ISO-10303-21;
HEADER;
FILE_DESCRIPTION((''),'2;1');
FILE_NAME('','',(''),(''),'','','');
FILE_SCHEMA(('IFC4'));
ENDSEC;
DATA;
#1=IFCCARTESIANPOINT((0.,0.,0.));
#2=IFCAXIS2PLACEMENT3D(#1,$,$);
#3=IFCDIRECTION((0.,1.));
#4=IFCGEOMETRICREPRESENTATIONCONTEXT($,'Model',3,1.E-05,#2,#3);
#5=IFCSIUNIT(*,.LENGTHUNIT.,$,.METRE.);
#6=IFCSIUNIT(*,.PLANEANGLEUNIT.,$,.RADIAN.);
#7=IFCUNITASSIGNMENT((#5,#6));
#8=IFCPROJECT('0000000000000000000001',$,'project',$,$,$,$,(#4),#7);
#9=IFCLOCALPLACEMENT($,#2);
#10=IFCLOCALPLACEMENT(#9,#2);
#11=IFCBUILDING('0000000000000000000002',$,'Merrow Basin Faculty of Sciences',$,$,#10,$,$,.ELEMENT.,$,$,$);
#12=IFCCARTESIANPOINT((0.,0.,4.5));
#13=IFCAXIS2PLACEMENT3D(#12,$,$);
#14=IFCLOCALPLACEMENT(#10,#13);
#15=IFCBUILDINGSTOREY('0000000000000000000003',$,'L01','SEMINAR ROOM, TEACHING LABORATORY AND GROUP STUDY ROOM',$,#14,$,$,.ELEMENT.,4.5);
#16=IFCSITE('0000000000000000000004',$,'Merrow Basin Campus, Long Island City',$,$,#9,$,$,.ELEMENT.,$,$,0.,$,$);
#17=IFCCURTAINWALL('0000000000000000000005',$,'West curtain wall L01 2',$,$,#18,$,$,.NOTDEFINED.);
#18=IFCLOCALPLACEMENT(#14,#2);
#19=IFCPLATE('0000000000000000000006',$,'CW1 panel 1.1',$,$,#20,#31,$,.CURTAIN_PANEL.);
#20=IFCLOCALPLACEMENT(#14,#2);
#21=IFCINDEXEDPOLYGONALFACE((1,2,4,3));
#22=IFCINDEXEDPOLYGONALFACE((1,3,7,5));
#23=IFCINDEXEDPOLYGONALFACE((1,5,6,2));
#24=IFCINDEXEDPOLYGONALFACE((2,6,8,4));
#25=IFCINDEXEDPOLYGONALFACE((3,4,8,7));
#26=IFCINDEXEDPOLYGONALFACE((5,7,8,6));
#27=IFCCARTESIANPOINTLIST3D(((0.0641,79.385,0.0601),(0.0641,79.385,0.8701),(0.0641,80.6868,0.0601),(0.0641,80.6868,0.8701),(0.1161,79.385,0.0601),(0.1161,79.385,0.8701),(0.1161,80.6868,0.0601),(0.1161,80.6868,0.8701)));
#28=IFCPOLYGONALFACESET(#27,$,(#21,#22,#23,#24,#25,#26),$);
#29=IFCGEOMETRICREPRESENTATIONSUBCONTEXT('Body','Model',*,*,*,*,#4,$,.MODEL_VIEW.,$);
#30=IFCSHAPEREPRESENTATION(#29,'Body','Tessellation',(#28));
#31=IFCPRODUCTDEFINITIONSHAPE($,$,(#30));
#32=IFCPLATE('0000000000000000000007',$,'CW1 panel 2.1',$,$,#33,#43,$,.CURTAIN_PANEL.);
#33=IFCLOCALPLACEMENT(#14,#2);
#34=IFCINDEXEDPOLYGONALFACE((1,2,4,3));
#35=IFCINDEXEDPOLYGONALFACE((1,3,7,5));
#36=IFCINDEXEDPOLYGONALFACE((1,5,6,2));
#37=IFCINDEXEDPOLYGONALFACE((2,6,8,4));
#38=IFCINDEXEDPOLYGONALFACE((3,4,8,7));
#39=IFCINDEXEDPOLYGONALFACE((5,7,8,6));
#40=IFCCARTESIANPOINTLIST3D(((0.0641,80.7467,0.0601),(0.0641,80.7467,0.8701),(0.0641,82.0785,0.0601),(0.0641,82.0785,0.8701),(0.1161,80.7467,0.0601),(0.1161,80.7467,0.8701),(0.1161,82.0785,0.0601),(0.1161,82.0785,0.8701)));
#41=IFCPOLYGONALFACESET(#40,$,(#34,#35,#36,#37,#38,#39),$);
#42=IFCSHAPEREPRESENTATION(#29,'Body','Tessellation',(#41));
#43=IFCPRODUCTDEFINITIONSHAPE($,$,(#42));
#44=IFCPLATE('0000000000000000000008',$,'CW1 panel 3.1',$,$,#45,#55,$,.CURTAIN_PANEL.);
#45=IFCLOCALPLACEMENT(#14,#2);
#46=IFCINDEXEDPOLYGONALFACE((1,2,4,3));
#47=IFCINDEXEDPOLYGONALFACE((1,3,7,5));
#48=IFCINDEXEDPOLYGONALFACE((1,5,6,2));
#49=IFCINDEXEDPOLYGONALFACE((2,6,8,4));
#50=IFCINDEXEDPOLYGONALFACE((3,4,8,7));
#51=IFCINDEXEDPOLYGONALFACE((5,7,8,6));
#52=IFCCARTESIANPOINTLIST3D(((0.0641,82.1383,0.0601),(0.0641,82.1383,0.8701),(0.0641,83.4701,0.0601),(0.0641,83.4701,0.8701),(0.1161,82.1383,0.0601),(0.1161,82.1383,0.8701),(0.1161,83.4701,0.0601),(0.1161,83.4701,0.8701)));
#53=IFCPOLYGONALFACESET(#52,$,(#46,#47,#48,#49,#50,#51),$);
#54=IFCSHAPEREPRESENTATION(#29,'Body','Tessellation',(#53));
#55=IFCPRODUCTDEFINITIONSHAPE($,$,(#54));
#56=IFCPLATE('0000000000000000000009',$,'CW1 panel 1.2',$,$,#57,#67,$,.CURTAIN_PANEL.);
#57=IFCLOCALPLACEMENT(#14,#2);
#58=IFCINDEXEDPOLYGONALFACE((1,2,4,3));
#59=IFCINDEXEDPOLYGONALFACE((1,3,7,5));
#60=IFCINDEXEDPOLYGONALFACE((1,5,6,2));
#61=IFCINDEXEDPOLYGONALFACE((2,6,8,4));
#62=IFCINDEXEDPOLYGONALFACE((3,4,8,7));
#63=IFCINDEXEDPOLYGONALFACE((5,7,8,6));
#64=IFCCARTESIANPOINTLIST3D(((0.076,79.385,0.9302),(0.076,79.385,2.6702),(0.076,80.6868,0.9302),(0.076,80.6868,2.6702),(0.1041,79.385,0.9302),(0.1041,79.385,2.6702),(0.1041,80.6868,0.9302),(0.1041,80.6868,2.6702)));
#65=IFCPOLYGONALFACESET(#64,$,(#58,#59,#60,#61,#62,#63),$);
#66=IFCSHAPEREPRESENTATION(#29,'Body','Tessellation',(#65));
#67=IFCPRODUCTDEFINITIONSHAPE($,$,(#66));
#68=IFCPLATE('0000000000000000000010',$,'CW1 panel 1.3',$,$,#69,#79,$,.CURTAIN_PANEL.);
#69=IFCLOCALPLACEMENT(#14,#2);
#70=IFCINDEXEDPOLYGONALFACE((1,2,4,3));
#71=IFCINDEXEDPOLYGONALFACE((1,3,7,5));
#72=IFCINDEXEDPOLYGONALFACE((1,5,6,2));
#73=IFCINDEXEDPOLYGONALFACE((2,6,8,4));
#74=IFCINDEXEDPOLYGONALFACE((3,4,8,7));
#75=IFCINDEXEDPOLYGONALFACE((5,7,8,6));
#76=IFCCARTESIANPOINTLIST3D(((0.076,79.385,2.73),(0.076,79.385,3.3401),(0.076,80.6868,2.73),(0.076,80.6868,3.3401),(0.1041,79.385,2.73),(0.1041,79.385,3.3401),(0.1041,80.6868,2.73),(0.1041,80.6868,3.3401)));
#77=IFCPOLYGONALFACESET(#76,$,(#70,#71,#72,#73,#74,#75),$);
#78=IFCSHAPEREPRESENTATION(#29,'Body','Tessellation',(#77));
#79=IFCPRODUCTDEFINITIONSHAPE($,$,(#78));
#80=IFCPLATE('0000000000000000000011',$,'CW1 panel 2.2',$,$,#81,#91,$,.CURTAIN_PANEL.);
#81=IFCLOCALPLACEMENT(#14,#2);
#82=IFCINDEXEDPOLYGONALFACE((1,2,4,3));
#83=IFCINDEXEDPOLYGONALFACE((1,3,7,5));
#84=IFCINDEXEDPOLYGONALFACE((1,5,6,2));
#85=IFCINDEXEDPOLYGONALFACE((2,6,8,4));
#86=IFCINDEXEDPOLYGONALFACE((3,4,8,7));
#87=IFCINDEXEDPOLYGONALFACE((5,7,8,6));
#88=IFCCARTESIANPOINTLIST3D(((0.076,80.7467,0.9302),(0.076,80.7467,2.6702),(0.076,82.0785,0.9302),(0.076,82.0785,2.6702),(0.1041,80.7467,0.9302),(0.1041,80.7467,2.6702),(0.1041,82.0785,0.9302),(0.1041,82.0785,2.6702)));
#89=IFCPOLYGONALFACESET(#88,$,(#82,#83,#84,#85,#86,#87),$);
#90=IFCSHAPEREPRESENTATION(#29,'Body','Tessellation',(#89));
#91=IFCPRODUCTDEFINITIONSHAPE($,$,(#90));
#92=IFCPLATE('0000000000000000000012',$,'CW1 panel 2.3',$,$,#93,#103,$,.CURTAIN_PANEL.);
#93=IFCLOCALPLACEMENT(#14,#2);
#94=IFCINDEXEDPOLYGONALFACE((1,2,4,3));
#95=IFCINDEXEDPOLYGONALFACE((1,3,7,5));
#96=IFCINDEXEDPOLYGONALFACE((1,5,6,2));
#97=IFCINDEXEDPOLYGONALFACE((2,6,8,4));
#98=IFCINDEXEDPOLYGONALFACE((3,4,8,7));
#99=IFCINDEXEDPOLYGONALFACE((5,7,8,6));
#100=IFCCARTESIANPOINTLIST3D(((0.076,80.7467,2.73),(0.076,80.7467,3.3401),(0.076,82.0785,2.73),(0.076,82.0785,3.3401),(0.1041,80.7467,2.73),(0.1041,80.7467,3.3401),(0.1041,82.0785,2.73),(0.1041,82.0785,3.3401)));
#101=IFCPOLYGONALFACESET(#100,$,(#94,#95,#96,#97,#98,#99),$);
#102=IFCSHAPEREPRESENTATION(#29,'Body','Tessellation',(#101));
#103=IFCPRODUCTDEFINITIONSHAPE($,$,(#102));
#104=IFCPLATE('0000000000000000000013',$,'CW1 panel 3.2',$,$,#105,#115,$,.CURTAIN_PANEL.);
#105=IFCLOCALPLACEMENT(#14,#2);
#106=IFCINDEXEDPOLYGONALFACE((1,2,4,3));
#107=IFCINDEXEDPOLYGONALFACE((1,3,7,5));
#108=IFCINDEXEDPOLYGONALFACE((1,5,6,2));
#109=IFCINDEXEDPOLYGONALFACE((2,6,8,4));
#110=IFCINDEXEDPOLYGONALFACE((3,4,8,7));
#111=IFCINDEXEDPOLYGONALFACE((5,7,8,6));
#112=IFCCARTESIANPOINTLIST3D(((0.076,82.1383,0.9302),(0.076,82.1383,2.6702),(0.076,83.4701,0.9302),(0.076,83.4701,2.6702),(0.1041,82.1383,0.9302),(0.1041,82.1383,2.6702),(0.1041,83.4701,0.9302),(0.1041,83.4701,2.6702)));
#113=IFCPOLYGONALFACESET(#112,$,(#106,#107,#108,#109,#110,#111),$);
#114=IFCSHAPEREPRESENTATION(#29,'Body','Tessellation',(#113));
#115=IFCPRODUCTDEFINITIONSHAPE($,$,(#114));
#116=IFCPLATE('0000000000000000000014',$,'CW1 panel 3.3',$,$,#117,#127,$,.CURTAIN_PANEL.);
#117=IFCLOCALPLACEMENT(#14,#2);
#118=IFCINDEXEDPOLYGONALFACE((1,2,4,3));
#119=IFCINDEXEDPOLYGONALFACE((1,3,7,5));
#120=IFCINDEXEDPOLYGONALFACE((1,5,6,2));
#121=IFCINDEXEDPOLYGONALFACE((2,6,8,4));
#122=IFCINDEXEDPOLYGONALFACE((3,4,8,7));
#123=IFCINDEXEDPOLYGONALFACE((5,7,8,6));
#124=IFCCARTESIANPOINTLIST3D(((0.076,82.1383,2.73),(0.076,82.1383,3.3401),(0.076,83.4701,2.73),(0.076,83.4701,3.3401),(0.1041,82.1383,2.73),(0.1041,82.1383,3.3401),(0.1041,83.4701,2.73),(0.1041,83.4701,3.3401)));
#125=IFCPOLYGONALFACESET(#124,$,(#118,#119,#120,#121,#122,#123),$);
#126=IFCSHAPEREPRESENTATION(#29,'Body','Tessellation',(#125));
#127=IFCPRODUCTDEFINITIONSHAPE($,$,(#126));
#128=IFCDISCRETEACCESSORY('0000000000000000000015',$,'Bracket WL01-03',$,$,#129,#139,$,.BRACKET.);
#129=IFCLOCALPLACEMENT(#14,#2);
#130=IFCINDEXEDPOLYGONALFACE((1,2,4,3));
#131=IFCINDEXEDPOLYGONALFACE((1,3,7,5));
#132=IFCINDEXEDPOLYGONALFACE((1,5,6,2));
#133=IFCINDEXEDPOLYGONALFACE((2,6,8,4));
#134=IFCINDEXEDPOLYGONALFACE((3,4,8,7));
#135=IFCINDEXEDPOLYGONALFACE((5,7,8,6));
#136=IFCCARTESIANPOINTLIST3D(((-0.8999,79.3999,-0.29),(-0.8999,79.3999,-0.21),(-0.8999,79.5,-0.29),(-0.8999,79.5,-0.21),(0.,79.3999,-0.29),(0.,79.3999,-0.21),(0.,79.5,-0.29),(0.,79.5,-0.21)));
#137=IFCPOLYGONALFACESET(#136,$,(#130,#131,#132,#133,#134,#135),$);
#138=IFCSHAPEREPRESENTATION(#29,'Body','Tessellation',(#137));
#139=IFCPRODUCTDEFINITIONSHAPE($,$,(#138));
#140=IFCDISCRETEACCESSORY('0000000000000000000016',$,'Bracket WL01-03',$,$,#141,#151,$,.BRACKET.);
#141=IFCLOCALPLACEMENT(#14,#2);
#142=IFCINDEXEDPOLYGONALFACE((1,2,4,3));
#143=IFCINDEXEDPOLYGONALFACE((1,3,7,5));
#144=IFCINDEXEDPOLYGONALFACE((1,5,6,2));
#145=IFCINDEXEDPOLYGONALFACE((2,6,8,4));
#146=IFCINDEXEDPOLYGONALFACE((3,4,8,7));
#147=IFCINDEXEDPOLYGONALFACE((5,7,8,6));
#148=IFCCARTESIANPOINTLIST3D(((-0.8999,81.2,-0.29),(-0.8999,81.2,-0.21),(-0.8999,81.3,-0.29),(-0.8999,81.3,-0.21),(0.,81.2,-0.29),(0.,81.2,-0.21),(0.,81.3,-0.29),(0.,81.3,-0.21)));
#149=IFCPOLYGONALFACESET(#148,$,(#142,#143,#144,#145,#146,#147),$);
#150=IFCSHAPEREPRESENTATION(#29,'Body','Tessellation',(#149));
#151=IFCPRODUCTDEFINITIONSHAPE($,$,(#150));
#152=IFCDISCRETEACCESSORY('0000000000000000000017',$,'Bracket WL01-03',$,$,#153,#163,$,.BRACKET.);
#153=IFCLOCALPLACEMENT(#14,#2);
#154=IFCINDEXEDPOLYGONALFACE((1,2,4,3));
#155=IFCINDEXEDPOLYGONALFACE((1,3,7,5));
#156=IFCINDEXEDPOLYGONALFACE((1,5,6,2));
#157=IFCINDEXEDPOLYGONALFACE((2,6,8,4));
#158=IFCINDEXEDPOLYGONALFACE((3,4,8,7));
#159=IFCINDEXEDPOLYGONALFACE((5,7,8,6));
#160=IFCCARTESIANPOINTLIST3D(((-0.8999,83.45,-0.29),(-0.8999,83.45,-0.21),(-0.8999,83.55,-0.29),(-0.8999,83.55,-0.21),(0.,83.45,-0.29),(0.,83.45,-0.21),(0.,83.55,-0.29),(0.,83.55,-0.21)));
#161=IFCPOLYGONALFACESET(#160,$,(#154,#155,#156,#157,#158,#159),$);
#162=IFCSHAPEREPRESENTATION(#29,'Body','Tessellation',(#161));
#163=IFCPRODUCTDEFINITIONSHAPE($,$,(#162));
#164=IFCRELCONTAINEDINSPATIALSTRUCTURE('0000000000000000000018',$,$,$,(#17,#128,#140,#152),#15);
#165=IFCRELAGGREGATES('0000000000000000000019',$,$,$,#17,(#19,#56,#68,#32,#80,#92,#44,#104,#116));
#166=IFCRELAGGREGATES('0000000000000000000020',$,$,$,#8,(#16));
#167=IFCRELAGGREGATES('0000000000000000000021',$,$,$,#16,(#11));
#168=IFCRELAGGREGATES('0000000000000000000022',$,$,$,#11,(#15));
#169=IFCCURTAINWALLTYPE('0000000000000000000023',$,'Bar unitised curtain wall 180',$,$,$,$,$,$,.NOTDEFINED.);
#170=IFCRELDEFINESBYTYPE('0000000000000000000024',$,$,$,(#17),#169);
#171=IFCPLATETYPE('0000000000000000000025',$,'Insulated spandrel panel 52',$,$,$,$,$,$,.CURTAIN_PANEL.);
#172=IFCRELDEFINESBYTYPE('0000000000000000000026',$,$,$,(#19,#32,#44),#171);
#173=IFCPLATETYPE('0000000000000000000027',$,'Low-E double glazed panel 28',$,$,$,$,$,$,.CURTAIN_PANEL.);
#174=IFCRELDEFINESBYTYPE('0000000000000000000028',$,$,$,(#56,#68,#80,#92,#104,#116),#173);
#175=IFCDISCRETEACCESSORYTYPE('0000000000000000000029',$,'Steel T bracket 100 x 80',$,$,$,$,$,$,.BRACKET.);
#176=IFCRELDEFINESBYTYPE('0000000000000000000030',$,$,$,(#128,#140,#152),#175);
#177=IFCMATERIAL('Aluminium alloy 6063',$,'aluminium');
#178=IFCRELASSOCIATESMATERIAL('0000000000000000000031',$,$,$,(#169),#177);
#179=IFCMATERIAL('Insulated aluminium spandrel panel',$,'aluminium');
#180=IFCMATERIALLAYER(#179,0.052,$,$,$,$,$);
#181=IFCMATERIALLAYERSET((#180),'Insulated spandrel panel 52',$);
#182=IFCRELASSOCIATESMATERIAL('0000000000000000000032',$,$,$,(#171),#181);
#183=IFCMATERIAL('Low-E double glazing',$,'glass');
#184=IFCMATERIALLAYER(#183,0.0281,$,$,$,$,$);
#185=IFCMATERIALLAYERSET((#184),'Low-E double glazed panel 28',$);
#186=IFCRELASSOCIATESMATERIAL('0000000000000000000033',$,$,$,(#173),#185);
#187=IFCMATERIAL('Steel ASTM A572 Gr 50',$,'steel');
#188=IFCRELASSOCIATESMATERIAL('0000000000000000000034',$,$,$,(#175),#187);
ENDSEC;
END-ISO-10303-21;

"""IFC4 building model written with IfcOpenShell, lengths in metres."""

from ifc_helpers import new_model, si_unit, direction, frame, origin, origin_2d, place, context, subcontext, project, spatial, polyline, rectangle, outline, extrude, source, transform, mapped, material, layer, layer_set, type_object, element, aggregate, save


model = new_model("IFC4")

# Units and contexts
model_context = context("Model", 3, precision=1e-05, world=origin(), true_north=direction((0.0, 1.0)))
body_context = subcontext(model_context, "Body", "Model", "MODEL_VIEW")
ifc_project = project(units=[si_unit("LENGTHUNIT", "METRE"), si_unit("PLANEANGLEUNIT", "RADIAN")], contexts=[model_context])

# Site, building, storey
site_placement = place(None, origin())
site = spatial("IfcSite", under=ifc_project, at=site_placement, Name="Merrow Basin Campus, Long Island City", CompositionType="ELEMENT", RefElevation=0.0)
building_placement = place(site_placement, origin())
building = spatial("IfcBuilding", under=site, at=building_placement, Name="Merrow Basin Faculty of Sciences", CompositionType="ELEMENT")
storey_placement = place(building_placement, frame((0.0, 0.0, 4.5)))
storey = spatial("IfcBuildingStorey", under=building, at=storey_placement, Name="L01", Description="SEMINAR ROOM, TEACHING LABORATORY AND GROUP STUDY ROOM", CompositionType="ELEMENT", Elevation=4.5)

# Curtain wall, plates
ifc_material_1 = material(Name="Aluminium alloy 6063", Category="aluminium")
curtain_wall_type = type_object("IfcCurtainWallType", Name="Bar unitised curtain wall 180", PredefinedType="NOTDEFINED", material=ifc_material_1)
curtain_wall_placement = place(storey_placement, origin())
curtain_wall = element("IfcCurtainWall", 1, at=curtain_wall_placement, inside=storey, type_object=curtain_wall_type, Name="West curtain wall L01 2", PredefinedType="NOTDEFINED")
ifc_material_2 = material(Name="Insulated aluminium spandrel panel", Category="aluminium")
ifc_layer_1 = layer(ifc_material_2, 0.052)
ifc_layer_set_1 = layer_set([ifc_layer_1], Name="Insulated spandrel panel 52")
plate_type_1 = type_object("IfcPlateType", Name="Insulated spandrel panel 52", PredefinedType="CURTAIN_PANEL", material=ifc_layer_set_1)
plate_1_placement = place(storey_placement, frame((0.0901, 80.0359, 0.0601), z_axis=(0.0, 0.0, 1.0), x_axis=(0.0, 1.0, 0.0)))
plate_1 = element("IfcPlate", 2, at=plate_1_placement, type_object=plate_type_1, Name="CW1 panel 1.1", PredefinedType="CURTAIN_PANEL", context=body_context, shape_type="SweptSolid", body=[
    extrude(rectangle(XDim=1.3018, YDim=0.052, at=origin_2d()), origin(), (0.0, 0.0, 1.0), 0.8101),
])
plate_2_placement = place(storey_placement, frame((0.0901, 81.4126, 0.0601), z_axis=(0.0, 0.0, 1.0), x_axis=(0.0, 1.0, 0.0)))
plate_2 = element("IfcPlate", 3, at=plate_2_placement, type_object=plate_type_1, Name="CW1 panel 2.1", PredefinedType="CURTAIN_PANEL", context=body_context, shape_type="SweptSolid", body=[
    extrude(rectangle(XDim=1.3318, YDim=0.052, at=origin_2d()), origin(), (0.0, 0.0, 1.0), 0.8101),
])
plate_3_placement = place(storey_placement, frame((0.0901, 82.8042, 0.0601), z_axis=(0.0, 0.0, 1.0), x_axis=(0.0, 1.0, 0.0)))
plate_3 = element("IfcPlate", 4, at=plate_3_placement, type_object=plate_type_1, Name="CW1 panel 3.1", PredefinedType="CURTAIN_PANEL", context=body_context, shape_type="SweptSolid", body=[
    extrude(rectangle(XDim=1.3318, YDim=0.052, at=origin_2d()), origin(), (0.0, 0.0, 1.0), 0.8101),
])
ifc_material_3 = material(Name="Low-E double glazing", Category="glass")
ifc_layer_2 = layer(ifc_material_3, 0.0281)
ifc_layer_set_2 = layer_set([ifc_layer_2], Name="Low-E double glazed panel 28")
plate_type_2 = type_object("IfcPlateType", Name="Low-E double glazed panel 28", PredefinedType="CURTAIN_PANEL", material=ifc_layer_set_2)
plate_4_placement = place(storey_placement, frame((0.0901, 80.0359, 0.9302), z_axis=(0.0, 0.0, 1.0), x_axis=(0.0, 1.0, 0.0)))
plate_4 = element("IfcPlate", 5, at=plate_4_placement, type_object=plate_type_2, Name="CW1 panel 1.2", PredefinedType="CURTAIN_PANEL", context=body_context, shape_type="SweptSolid", body=[
    extrude(rectangle(XDim=1.3018, YDim=0.0281, at=origin_2d()), origin(), (0.0, 0.0, 1.0), 1.74),
])
plate_5_placement = place(storey_placement, frame((0.0901, 80.0359, 2.73), z_axis=(0.0, 0.0, 1.0), x_axis=(0.0, 1.0, 0.0)))
plate_5 = element("IfcPlate", 6, at=plate_5_placement, type_object=plate_type_2, Name="CW1 panel 1.3", PredefinedType="CURTAIN_PANEL", context=body_context, shape_type="SweptSolid", body=[
    extrude(rectangle(XDim=1.3018, YDim=0.0281, at=origin_2d()), origin(), (0.0, 0.0, 1.0), 0.6101),
])
plate_6_placement = place(storey_placement, frame((0.0901, 81.4126, 0.9302), z_axis=(0.0, 0.0, 1.0), x_axis=(0.0, 1.0, 0.0)))
plate_6 = element("IfcPlate", 7, at=plate_6_placement, type_object=plate_type_2, Name="CW1 panel 2.2", PredefinedType="CURTAIN_PANEL", context=body_context, shape_type="SweptSolid", body=[
    extrude(rectangle(XDim=1.3318, YDim=0.0281, at=origin_2d()), origin(), (0.0, 0.0, 1.0), 1.74),
])
plate_7_placement = place(storey_placement, frame((0.0901, 81.4126, 2.73), z_axis=(0.0, 0.0, 1.0), x_axis=(0.0, 1.0, 0.0)))
plate_7 = element("IfcPlate", 8, at=plate_7_placement, type_object=plate_type_2, Name="CW1 panel 2.3", PredefinedType="CURTAIN_PANEL", context=body_context, shape_type="SweptSolid", body=[
    extrude(rectangle(XDim=1.3318, YDim=0.0281, at=origin_2d()), origin(), (0.0, 0.0, 1.0), 0.6101),
])
plate_8_placement = place(storey_placement, frame((0.0901, 82.8042, 0.9302), z_axis=(0.0, 0.0, 1.0), x_axis=(0.0, 1.0, 0.0)))
plate_8 = element("IfcPlate", 9, at=plate_8_placement, type_object=plate_type_2, Name="CW1 panel 3.2", PredefinedType="CURTAIN_PANEL", context=body_context, shape_type="SweptSolid", body=[
    extrude(rectangle(XDim=1.3318, YDim=0.0281, at=origin_2d()), origin(), (0.0, 0.0, 1.0), 1.74),
])
plate_9_placement = place(storey_placement, frame((0.0901, 82.8042, 2.73), z_axis=(0.0, 0.0, 1.0), x_axis=(0.0, 1.0, 0.0)))
plate_9 = element("IfcPlate", 10, at=plate_9_placement, type_object=plate_type_2, Name="CW1 panel 3.3", PredefinedType="CURTAIN_PANEL", context=body_context, shape_type="SweptSolid", body=[
    extrude(rectangle(XDim=1.3318, YDim=0.0281, at=origin_2d()), origin(), (0.0, 0.0, 1.0), 0.6101),
])
aggregate(curtain_wall, [plate_1, plate_4, plate_5, plate_2, plate_6, plate_7, plate_3, plate_8, plate_9])

# Discrete accessories
ifc_material_4 = material(Name="Steel ASTM A572 Gr 50", Category="steel")
discrete_accessory_type = type_object("IfcDiscreteAccessoryType", Name="Steel T bracket 100 x 80", PredefinedType="BRACKET", material=ifc_material_4)
shared_shape = source(origin(), body_context, "Body", "SweptSolid", [
    extrude(outline(polyline([(0.0, 0.0), (0.1001, 0.0), (0.1001, 0.0801), (0.0, 0.0801), (0.0, 0.0)])), origin(), (0.0, 0.0, 1.0), 0.8999),
])
for number, where, z_axis, x_axis, name in (
    (11, (-0.8999, 79.3999, -0.29), (1.0, 0.0, 0.0), (0.0, 1.0, 0.0), "Bracket WL01-03"),
    (12, (-0.8999, 81.2, -0.29), (1.0, 0.0, 0.0), (0.0, 1.0, 0.0), "Bracket WL01-03"),
    (13, (-0.8999, 83.45, -0.29), (1.0, 0.0, 0.0), (0.0, 1.0, 0.0), "Bracket WL01-03"),
):
    element("IfcDiscreteAccessory", number, at=place(storey_placement, frame(where, z_axis=z_axis, x_axis=x_axis)), inside=storey, type_object=discrete_accessory_type, Name=name, PredefinedType="BRACKET", context=body_context, shape_type="MappedRepresentation", body=[
        mapped(shared_shape, transform((0.0, 0.0, 0.0), scale=1.0)),
    ])

save(model, "model.ifc")
